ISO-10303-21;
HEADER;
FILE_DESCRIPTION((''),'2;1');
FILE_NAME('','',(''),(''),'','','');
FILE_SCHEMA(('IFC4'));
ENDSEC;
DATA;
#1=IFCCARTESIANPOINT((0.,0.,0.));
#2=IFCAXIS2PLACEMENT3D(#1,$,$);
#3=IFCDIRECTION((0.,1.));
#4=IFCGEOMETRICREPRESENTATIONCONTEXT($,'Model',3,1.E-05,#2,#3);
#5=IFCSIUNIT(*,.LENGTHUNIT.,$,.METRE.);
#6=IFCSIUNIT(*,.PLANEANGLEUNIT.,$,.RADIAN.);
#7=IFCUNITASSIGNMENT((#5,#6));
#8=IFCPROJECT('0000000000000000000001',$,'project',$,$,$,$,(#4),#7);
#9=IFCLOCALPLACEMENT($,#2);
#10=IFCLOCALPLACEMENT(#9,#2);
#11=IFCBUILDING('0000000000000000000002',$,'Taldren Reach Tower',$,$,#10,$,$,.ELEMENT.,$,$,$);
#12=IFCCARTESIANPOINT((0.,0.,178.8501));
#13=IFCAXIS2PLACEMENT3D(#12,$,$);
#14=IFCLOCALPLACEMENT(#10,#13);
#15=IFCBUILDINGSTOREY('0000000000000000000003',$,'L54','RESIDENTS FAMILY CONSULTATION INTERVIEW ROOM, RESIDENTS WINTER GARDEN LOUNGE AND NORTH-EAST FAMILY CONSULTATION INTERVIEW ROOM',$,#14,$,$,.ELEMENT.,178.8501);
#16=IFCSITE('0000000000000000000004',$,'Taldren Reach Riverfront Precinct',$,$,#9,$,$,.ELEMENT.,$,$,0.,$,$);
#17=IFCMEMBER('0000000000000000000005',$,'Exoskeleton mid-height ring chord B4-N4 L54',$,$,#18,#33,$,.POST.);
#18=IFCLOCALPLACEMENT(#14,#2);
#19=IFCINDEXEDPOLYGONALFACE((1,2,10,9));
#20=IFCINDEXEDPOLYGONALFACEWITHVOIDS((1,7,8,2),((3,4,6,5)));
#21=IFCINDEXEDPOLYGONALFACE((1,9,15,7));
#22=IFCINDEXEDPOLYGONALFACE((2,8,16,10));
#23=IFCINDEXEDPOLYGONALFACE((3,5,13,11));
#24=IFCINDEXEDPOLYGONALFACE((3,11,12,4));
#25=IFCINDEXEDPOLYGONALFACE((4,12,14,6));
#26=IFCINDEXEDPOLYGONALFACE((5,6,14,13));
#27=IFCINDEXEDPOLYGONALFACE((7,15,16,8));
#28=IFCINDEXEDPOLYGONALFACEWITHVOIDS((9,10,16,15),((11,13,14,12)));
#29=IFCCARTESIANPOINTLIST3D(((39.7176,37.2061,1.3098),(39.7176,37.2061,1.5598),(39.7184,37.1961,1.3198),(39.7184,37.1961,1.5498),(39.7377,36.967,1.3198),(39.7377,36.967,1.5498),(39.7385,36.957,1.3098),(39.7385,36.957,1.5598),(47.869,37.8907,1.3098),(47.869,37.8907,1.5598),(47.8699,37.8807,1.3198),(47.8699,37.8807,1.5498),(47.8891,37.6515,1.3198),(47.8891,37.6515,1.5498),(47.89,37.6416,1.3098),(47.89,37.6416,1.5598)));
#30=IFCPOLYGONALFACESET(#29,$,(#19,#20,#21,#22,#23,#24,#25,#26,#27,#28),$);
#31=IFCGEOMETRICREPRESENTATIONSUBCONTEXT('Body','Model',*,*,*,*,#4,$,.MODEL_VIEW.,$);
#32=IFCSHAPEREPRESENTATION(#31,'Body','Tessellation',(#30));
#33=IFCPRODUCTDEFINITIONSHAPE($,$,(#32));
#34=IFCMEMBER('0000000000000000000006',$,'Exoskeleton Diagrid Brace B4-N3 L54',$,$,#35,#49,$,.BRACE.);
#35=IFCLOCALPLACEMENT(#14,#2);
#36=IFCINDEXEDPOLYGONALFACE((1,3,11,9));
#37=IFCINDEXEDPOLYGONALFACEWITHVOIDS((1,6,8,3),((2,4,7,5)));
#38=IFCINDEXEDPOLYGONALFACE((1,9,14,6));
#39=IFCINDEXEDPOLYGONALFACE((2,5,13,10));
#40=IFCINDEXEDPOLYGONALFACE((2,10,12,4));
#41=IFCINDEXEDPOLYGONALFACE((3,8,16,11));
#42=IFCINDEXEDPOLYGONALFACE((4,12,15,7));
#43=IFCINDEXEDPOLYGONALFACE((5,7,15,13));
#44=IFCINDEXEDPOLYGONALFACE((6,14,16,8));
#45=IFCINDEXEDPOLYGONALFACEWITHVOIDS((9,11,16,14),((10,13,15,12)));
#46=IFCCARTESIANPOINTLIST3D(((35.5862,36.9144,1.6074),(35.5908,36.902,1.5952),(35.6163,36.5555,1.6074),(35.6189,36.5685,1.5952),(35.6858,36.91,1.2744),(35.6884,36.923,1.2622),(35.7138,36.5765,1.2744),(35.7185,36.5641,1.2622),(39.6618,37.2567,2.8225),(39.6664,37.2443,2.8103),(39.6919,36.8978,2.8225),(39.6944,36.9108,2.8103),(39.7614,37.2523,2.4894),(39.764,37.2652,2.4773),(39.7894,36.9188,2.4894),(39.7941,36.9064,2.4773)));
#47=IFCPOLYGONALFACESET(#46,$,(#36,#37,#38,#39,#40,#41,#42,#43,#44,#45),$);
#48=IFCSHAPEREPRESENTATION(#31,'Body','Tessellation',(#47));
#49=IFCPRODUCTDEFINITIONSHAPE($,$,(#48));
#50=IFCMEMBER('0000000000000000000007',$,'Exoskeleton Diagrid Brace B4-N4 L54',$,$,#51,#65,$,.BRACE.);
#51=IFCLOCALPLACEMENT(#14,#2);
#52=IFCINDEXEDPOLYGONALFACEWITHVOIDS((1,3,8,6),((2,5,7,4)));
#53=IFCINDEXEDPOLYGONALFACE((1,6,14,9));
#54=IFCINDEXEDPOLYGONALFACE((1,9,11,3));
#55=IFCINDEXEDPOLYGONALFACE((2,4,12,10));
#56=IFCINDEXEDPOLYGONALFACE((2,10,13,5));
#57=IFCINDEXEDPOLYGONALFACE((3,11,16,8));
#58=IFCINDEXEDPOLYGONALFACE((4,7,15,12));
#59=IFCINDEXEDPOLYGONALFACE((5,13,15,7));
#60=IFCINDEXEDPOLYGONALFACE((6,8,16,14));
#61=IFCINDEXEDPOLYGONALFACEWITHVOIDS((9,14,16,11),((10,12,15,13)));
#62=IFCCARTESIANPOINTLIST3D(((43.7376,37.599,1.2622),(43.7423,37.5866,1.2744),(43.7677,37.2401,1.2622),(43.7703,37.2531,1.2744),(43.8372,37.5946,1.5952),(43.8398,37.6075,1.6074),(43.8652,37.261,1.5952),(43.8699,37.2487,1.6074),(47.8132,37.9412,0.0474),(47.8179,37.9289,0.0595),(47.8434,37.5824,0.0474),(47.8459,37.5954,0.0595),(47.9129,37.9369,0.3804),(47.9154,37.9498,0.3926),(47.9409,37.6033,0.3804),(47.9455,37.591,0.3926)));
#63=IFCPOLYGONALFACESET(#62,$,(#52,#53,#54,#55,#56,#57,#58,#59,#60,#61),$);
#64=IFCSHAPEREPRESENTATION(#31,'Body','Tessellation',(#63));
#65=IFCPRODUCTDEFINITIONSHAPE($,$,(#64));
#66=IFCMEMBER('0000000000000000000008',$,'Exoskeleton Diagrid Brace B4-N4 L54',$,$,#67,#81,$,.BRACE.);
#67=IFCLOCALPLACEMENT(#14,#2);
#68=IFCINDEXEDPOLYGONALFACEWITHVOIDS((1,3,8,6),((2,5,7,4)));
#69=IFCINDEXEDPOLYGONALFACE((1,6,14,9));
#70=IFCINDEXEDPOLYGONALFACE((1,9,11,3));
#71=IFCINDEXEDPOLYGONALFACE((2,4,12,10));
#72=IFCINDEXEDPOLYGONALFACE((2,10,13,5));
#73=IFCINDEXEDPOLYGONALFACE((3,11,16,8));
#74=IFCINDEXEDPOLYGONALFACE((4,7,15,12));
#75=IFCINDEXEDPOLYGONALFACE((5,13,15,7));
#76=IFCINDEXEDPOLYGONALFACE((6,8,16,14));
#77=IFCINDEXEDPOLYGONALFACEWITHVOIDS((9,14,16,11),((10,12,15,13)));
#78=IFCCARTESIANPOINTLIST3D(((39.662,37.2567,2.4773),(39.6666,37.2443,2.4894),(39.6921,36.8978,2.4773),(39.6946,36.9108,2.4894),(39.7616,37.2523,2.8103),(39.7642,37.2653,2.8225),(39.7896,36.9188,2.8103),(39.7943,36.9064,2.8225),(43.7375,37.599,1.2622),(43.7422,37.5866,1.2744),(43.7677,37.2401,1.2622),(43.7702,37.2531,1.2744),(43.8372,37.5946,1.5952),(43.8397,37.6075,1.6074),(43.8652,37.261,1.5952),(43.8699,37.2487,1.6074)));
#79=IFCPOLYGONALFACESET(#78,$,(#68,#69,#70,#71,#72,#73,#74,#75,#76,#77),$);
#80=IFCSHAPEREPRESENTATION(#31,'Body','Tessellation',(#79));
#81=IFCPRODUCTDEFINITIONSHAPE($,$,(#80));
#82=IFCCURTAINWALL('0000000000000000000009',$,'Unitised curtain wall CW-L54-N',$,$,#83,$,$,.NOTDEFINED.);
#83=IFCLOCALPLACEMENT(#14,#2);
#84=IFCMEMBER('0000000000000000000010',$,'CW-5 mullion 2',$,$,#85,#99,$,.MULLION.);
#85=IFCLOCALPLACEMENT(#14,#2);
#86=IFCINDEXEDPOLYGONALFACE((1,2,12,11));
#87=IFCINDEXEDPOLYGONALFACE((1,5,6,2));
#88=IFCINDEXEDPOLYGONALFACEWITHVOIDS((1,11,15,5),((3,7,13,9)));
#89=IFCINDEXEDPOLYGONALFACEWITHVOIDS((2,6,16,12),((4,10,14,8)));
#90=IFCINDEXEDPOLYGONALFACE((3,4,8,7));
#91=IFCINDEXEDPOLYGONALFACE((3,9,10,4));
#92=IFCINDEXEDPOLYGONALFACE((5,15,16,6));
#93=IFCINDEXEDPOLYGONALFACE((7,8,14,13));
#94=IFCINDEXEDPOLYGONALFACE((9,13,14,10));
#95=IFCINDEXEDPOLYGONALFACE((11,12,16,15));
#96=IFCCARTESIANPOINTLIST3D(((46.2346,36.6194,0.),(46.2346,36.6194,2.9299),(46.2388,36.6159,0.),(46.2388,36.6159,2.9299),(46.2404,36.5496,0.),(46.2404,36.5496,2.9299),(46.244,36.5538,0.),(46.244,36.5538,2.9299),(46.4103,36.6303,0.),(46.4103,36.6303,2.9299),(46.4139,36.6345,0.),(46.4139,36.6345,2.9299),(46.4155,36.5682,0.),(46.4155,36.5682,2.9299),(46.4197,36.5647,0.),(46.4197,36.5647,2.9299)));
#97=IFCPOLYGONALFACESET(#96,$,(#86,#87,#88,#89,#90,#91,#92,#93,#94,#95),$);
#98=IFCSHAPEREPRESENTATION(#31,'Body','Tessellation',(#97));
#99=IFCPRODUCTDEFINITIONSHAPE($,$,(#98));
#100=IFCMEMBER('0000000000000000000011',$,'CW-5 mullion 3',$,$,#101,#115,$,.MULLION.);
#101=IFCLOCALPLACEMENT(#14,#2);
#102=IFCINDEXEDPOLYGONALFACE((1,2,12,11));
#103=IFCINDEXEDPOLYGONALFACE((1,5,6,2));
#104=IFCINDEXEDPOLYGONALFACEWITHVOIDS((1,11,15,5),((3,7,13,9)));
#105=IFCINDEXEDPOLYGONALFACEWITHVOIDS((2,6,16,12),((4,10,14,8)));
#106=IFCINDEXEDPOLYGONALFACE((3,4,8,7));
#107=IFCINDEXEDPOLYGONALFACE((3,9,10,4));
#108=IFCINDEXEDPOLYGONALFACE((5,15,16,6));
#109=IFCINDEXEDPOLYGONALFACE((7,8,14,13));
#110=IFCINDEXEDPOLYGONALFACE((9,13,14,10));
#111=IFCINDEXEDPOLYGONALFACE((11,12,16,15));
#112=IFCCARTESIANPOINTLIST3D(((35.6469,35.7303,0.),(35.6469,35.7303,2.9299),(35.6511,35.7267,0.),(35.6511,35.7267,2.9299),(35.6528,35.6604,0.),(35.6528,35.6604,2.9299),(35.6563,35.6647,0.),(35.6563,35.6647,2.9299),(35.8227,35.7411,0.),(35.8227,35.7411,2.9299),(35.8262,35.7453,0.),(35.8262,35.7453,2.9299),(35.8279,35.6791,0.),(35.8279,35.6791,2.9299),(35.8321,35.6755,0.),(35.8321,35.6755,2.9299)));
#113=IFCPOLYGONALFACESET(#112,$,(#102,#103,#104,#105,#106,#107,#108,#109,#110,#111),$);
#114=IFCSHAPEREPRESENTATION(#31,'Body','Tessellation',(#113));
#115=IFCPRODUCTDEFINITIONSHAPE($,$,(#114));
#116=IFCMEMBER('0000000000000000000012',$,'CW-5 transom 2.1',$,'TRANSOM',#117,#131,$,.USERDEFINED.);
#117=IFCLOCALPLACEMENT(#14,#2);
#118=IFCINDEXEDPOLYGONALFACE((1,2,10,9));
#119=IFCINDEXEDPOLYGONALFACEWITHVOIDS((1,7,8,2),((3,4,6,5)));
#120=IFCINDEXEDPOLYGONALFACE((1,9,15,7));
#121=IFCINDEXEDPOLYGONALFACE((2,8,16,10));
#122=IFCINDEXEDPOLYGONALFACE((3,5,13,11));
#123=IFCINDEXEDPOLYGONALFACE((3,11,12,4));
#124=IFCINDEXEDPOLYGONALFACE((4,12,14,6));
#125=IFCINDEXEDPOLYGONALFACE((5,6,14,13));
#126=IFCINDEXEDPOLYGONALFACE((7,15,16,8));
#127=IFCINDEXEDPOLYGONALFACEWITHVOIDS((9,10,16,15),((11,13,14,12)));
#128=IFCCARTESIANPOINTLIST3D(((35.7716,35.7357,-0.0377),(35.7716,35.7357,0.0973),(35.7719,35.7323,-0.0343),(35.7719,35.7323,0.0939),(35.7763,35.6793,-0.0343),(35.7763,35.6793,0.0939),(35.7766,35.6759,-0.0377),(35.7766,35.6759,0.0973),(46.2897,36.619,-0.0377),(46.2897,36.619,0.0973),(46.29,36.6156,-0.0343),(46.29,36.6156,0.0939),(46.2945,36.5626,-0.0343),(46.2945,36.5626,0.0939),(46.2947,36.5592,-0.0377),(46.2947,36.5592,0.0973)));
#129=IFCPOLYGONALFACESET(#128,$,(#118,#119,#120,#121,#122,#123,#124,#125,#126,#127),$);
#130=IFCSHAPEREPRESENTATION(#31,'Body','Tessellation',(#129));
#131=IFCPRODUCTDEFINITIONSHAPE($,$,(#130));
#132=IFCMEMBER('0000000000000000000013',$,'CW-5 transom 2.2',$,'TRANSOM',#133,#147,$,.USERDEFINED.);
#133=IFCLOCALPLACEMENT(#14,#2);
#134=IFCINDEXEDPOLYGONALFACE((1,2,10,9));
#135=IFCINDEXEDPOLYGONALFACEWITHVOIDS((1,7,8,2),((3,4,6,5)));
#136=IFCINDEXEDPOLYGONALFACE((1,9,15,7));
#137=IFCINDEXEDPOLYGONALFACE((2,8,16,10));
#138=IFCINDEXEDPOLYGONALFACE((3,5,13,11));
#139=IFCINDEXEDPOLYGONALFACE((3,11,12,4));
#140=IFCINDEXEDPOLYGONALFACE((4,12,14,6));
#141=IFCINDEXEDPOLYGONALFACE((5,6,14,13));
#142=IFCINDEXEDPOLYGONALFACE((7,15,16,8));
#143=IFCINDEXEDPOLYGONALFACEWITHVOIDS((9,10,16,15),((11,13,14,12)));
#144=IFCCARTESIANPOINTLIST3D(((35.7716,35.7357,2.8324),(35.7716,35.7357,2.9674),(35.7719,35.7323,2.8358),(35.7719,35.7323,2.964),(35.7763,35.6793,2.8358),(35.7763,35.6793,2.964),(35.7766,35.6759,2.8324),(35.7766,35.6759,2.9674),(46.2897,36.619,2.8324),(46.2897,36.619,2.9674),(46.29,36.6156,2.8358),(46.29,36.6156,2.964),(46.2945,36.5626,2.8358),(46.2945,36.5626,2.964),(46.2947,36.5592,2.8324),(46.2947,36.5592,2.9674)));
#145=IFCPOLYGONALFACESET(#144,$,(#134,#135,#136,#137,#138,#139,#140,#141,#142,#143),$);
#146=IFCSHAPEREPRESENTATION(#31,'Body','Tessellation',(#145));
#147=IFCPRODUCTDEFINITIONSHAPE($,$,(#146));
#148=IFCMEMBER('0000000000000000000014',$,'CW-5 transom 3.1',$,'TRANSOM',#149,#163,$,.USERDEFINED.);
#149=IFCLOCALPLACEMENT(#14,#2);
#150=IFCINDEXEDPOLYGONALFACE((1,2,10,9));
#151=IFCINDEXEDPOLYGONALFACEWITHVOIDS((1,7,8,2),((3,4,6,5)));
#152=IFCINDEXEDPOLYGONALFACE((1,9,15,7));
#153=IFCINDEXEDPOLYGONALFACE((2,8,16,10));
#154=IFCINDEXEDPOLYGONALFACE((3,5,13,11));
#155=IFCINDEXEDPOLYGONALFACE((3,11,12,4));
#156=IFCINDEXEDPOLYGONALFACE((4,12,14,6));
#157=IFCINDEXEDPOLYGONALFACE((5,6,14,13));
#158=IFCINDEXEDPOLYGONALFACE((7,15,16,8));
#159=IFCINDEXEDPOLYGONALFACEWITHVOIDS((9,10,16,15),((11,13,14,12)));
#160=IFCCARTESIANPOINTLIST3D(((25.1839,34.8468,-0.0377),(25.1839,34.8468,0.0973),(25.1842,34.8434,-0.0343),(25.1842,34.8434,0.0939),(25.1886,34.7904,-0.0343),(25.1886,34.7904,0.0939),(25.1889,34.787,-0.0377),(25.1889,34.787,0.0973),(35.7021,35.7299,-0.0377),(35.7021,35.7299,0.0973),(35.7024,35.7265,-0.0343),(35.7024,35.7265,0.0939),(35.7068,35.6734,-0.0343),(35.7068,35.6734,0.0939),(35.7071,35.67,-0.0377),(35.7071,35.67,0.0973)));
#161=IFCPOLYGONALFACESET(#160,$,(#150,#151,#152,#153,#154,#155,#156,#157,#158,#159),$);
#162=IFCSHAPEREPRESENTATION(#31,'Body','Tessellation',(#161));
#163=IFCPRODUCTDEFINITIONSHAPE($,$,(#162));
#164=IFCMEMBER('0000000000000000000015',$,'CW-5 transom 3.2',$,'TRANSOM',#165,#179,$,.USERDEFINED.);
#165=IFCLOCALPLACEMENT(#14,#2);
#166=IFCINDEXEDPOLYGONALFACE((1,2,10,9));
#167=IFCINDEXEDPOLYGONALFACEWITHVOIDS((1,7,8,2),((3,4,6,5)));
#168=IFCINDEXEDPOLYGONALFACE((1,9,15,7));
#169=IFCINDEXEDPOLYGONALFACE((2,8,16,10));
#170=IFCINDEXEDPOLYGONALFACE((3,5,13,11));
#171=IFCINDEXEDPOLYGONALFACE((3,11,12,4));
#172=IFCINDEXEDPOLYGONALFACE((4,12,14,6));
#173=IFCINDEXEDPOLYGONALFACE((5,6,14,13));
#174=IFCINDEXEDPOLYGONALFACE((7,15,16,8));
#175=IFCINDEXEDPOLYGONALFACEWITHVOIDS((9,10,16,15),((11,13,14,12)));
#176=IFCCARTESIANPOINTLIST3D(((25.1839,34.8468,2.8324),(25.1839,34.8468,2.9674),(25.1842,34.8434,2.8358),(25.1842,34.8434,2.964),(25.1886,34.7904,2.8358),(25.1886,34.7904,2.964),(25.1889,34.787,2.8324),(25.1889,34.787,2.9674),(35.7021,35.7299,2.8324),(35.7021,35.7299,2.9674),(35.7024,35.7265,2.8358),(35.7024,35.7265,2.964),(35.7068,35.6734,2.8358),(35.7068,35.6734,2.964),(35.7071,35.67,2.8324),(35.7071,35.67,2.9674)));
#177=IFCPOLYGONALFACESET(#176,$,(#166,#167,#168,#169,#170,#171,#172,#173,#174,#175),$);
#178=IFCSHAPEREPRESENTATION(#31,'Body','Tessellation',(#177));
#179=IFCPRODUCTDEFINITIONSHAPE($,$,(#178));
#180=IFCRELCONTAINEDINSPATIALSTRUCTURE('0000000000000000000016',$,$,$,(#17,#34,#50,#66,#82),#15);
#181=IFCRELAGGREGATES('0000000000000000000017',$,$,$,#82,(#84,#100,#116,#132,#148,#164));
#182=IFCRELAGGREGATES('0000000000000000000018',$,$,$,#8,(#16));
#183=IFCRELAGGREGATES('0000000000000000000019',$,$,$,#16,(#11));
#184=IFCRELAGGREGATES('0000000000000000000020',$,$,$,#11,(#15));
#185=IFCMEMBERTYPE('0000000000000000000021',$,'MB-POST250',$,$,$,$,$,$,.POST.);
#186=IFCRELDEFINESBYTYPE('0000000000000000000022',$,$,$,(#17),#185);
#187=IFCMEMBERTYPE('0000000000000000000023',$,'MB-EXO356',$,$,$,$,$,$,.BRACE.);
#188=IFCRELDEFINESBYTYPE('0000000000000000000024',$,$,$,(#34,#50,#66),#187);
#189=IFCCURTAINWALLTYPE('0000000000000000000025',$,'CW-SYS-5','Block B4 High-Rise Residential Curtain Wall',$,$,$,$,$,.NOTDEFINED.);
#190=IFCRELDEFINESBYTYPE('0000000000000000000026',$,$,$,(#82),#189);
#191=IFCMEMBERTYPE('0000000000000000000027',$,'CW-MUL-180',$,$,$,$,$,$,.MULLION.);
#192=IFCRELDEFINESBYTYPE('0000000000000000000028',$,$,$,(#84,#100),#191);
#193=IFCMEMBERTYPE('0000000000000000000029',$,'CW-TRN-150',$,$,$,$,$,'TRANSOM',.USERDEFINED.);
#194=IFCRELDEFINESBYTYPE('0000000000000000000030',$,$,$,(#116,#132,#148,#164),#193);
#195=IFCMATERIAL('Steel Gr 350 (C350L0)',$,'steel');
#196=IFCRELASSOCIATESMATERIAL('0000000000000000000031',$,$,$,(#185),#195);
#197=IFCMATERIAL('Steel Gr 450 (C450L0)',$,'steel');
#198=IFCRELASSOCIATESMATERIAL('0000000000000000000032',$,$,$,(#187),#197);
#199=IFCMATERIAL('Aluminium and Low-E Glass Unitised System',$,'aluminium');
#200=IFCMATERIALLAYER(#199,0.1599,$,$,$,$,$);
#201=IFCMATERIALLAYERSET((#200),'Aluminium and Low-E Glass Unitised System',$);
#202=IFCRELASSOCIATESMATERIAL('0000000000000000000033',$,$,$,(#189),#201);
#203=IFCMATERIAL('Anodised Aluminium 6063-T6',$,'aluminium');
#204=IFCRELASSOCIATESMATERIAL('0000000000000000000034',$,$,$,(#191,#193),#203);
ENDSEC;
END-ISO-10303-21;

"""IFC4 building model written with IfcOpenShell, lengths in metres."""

from ifc_helpers import new_model, si_unit, direction, frame, origin, origin_2d, place, context, subcontext, project, spatial, hollow_rectangle, extrude, source, transform, mapped, material, layer, layer_set, material_profile, profile_set, type_object, element, aggregate, save


model = new_model("IFC4")

# Units and contexts
model_context = context("Model", 3, precision=1e-05, world=origin(), true_north=direction((0.0, 1.0)))
body_context = subcontext(model_context, "Body", "Model", "MODEL_VIEW")
ifc_project = project(units=[si_unit("LENGTHUNIT", "METRE"), si_unit("PLANEANGLEUNIT", "RADIAN")], contexts=[model_context])

# Site, building, storey
site_placement = place(None, origin())
site = spatial("IfcSite", under=ifc_project, at=site_placement, Name="Taldren Reach Riverfront Precinct", CompositionType="ELEMENT", RefElevation=0.0)
building_placement = place(site_placement, origin())
building = spatial("IfcBuilding", under=site, at=building_placement, Name="Taldren Reach Tower", CompositionType="ELEMENT")
storey_placement = place(building_placement, frame((0.0, 0.0, 178.8501)))
storey = spatial("IfcBuildingStorey", under=building, at=storey_placement, Name="L54", Description="RESIDENTS FAMILY CONSULTATION INTERVIEW ROOM, RESIDENTS WINTER GARDEN LOUNGE AND NORTH-EAST FAMILY CONSULTATION INTERVIEW ROOM", CompositionType="ELEMENT", Elevation=178.8501)

# Shared definitions
ifc_material_1 = material(Name="Steel Gr 450 (C450L0)", Category="steel")

# Shared definitions
ifc_material_2 = material(Name="Steel Gr 350 (C350L0)", Category="steel")
ifc_material_profile_1 = material_profile(ifc_material_2, hollow_rectangle(XDim=0.25, YDim=0.25, WallThickness=0.01, at=origin_2d()), Name="250x250x10.0SHS")
ifc_profile_set_1 = profile_set([ifc_material_profile_1], Name="Steel Gr 350 (C350L0)")
member_type_1 = type_object("IfcMemberType", Name="MB-POST250", PredefinedType="POST", material=ifc_profile_set_1)

# Members
shared_shape_1 = source(origin(), body_context, "Body", "SweptSolid", [
    extrude(hollow_rectangle(XDim=0.25, YDim=0.25, WallThickness=0.01, at=origin_2d()), origin(), (0.0, 0.0, 1.0), 8.1802),
])
member_1_placement = place(storey_placement, frame((39.728, 37.0815, 1.4348), z_axis=(0.996492, 0.083688, 0.0), x_axis=(-0.083688, 0.996492, 0.0)))
element("IfcMember", 1, at=member_1_placement, inside=storey, type_object=member_type_1, Name="Exoskeleton mid-height ring chord B4-N4 L54", PredefinedType="POST", context=body_context, shape_type="MappedRepresentation", body=[
    mapped(shared_shape_1, transform((0.0, 0.0, 0.0), scale=1.0)),
])
ifc_material_profile_2 = material_profile(ifc_material_1, hollow_rectangle(XDim=0.3601, YDim=0.3601, WallThickness=0.0127, at=origin_2d()), Name="360x360x12.7SHS")
ifc_profile_set_2 = profile_set([ifc_material_profile_2], Name="Steel Gr 450 (C450L0)")
member_type_2 = type_object("IfcMemberType", Name="MB-EXO356", PredefinedType="BRACE", material=ifc_profile_set_2)
shared_shape_2 = source(origin(), body_context, "Body", "SweptSolid", [
    extrude(hollow_rectangle(XDim=0.3601, YDim=0.3601, WallThickness=0.0127, at=origin_2d()), origin(), (0.0, 0.0, 1.0), 4.2666),
])
for number, where, z_axis, x_axis, name in (
    (2, (35.6523, 36.7393, 1.4348), (0.955229, 0.080222, 0.284783), (-0.083688, 0.996492, 0.0), "Exoskeleton Diagrid Brace B4-N3 L54"),
    (3, (47.8794, 37.7661, 0.22), (-0.955245, -0.080224, 0.284731), (0.083688, -0.996492, 0.0), "Exoskeleton Diagrid Brace B4-N4 L54"),
    (4, (43.8037, 37.4238, 1.4348), (-0.955229, -0.080222, 0.284783), (0.083688, -0.996492, 0.0), "Exoskeleton Diagrid Brace B4-N4 L54"),
):
    element("IfcMember", number, at=place(storey_placement, frame(where, z_axis=z_axis, x_axis=x_axis)), inside=storey, type_object=member_type_2, Name=name, PredefinedType="BRACE", context=body_context, shape_type="MappedRepresentation", body=[
        mapped(shared_shape_2, transform((0.0, 0.0, 0.0), scale=1.0)),
    ])

# Curtain wall, members
ifc_material_3 = material(Name="Aluminium and Low-E Glass Unitised System", Category="aluminium")
ifc_layer_1 = layer(ifc_material_3, 0.1599)
ifc_layer_set_1 = layer_set([ifc_layer_1], Name="Aluminium and Low-E Glass Unitised System")
curtain_wall_type = type_object("IfcCurtainWallType", Name="CW-SYS-5", Description="Block B4 High-Rise Residential Curtain Wall", PredefinedType="NOTDEFINED", material=ifc_layer_set_1)
curtain_wall_placement = place(storey_placement, origin())
curtain_wall = element("IfcCurtainWall", 5, at=curtain_wall_placement, inside=storey, type_object=curtain_wall_type, Name="Unitised curtain wall CW-L54-N", PredefinedType="NOTDEFINED")
ifc_material_4 = material(Name="Anodised Aluminium 6063-T6", Category="aluminium")
ifc_material_profile_3 = material_profile(ifc_material_4, hollow_rectangle(XDim=0.0701, YDim=0.1799, WallThickness=0.0039, at=origin_2d()), Name="ALU-180x70x4RHS")
ifc_profile_set_3 = profile_set([ifc_material_profile_3], Name="Anodised Aluminium 6063-T6")
member_type_3 = type_object("IfcMemberType", Name="CW-MUL-180", PredefinedType="MULLION", material=ifc_profile_set_3)
shared_shape_3 = source(origin(), body_context, "Body", "SweptSolid", [
    extrude(hollow_rectangle(XDim=0.0701, YDim=0.1799, WallThickness=0.0039, at=origin_2d()), origin(), (0.0, 0.0, 1.0), 2.9299),
])
member_2_placement = place(storey_placement, frame((46.3271, 36.592, 0.0), z_axis=(0.0, 0.0, 1.0), x_axis=(0.083678, -0.996493, 0.0)))
member_2 = element("IfcMember", 6, at=member_2_placement, type_object=member_type_3, Name="CW-5 mullion 2", PredefinedType="MULLION", context=body_context, shape_type="MappedRepresentation", body=[
    mapped(shared_shape_3, transform((0.0, 0.0, 0.0), scale=1.0)),
])
member_3_placement = place(storey_placement, frame((35.7395, 35.7029, 0.0), z_axis=(0.0, 0.0, 1.0), x_axis=(0.083678, -0.996493, 0.0)))
member_3 = element("IfcMember", 7, at=member_3_placement, type_object=member_type_3, Name="CW-5 mullion 3", PredefinedType="MULLION", context=body_context, shape_type="MappedRepresentation", body=[
    mapped(shared_shape_3, transform((0.0, 0.0, 0.0), scale=1.0)),
])
ifc_material_profile_4 = material_profile(ifc_material_4, hollow_rectangle(XDim=0.0601, YDim=0.135, WallThickness=0.0034, at=origin_2d()), Name="ALU-135x60x3.5RHS")
ifc_profile_set_4 = profile_set([ifc_material_profile_4], Name="Anodised Aluminium 6063-T6")
member_type_4 = type_object("IfcMemberType", Name="CW-TRN-150", ElementType="TRANSOM", PredefinedType="USERDEFINED", material=ifc_profile_set_4)
shared_shape_4 = source(origin(), body_context, "Body", "SweptSolid", [
    extrude(hollow_rectangle(XDim=0.0601, YDim=0.135, WallThickness=0.0034, at=origin_2d()), origin(), (0.0, 0.0, 1.0), 10.5552),
])
member_4_placement = place(storey_placement, frame((46.2922, 36.5891, 0.0298), z_axis=(-0.996492, -0.083685, 0.0), x_axis=(0.083685, -0.996492, 0.0)))
member_4 = element("IfcMember", 8, at=member_4_placement, type_object=member_type_4, Name="CW-5 transom 2.1", ObjectType="TRANSOM", PredefinedType="USERDEFINED", context=body_context, shape_type="MappedRepresentation", body=[
    mapped(shared_shape_4, transform((0.0, 0.0, 0.0), scale=1.0)),
])
member_5_placement = place(storey_placement, frame((46.2922, 36.5891, 2.8999), z_axis=(-0.996492, -0.083685, 0.0), x_axis=(0.083685, -0.996492, 0.0)))
member_5 = element("IfcMember", 9, at=member_5_placement, type_object=member_type_4, Name="CW-5 transom 2.2", ObjectType="TRANSOM", PredefinedType="USERDEFINED", context=body_context, shape_type="MappedRepresentation", body=[
    mapped(shared_shape_4, transform((0.0, 0.0, 0.0), scale=1.0)),
])
member_6_placement = place(storey_placement, frame((35.7046, 35.7, 0.0298), z_axis=(-0.996494, -0.083662, 0.0), x_axis=(0.083662, -0.996494, 0.0)))
member_6 = element("IfcMember", 10, at=member_6_placement, type_object=member_type_4, Name="CW-5 transom 3.1", ObjectType="TRANSOM", PredefinedType="USERDEFINED", context=body_context, shape_type="MappedRepresentation", body=[
    mapped(shared_shape_4, transform((0.0, 0.0, 0.0), scale=1.0)),
])
member_7_placement = place(storey_placement, frame((35.7046, 35.7, 2.8999), z_axis=(-0.996494, -0.083662, 0.0), x_axis=(0.083662, -0.996494, 0.0)))
member_7 = element("IfcMember", 11, at=member_7_placement, type_object=member_type_4, Name="CW-5 transom 3.2", ObjectType="TRANSOM", PredefinedType="USERDEFINED", context=body_context, shape_type="MappedRepresentation", body=[
    mapped(shared_shape_4, transform((0.0, 0.0, 0.0), scale=1.0)),
])

aggregate(curtain_wall, [member_2, member_3, member_4, member_5, member_6, member_7])

save(model, "model.ifc")
